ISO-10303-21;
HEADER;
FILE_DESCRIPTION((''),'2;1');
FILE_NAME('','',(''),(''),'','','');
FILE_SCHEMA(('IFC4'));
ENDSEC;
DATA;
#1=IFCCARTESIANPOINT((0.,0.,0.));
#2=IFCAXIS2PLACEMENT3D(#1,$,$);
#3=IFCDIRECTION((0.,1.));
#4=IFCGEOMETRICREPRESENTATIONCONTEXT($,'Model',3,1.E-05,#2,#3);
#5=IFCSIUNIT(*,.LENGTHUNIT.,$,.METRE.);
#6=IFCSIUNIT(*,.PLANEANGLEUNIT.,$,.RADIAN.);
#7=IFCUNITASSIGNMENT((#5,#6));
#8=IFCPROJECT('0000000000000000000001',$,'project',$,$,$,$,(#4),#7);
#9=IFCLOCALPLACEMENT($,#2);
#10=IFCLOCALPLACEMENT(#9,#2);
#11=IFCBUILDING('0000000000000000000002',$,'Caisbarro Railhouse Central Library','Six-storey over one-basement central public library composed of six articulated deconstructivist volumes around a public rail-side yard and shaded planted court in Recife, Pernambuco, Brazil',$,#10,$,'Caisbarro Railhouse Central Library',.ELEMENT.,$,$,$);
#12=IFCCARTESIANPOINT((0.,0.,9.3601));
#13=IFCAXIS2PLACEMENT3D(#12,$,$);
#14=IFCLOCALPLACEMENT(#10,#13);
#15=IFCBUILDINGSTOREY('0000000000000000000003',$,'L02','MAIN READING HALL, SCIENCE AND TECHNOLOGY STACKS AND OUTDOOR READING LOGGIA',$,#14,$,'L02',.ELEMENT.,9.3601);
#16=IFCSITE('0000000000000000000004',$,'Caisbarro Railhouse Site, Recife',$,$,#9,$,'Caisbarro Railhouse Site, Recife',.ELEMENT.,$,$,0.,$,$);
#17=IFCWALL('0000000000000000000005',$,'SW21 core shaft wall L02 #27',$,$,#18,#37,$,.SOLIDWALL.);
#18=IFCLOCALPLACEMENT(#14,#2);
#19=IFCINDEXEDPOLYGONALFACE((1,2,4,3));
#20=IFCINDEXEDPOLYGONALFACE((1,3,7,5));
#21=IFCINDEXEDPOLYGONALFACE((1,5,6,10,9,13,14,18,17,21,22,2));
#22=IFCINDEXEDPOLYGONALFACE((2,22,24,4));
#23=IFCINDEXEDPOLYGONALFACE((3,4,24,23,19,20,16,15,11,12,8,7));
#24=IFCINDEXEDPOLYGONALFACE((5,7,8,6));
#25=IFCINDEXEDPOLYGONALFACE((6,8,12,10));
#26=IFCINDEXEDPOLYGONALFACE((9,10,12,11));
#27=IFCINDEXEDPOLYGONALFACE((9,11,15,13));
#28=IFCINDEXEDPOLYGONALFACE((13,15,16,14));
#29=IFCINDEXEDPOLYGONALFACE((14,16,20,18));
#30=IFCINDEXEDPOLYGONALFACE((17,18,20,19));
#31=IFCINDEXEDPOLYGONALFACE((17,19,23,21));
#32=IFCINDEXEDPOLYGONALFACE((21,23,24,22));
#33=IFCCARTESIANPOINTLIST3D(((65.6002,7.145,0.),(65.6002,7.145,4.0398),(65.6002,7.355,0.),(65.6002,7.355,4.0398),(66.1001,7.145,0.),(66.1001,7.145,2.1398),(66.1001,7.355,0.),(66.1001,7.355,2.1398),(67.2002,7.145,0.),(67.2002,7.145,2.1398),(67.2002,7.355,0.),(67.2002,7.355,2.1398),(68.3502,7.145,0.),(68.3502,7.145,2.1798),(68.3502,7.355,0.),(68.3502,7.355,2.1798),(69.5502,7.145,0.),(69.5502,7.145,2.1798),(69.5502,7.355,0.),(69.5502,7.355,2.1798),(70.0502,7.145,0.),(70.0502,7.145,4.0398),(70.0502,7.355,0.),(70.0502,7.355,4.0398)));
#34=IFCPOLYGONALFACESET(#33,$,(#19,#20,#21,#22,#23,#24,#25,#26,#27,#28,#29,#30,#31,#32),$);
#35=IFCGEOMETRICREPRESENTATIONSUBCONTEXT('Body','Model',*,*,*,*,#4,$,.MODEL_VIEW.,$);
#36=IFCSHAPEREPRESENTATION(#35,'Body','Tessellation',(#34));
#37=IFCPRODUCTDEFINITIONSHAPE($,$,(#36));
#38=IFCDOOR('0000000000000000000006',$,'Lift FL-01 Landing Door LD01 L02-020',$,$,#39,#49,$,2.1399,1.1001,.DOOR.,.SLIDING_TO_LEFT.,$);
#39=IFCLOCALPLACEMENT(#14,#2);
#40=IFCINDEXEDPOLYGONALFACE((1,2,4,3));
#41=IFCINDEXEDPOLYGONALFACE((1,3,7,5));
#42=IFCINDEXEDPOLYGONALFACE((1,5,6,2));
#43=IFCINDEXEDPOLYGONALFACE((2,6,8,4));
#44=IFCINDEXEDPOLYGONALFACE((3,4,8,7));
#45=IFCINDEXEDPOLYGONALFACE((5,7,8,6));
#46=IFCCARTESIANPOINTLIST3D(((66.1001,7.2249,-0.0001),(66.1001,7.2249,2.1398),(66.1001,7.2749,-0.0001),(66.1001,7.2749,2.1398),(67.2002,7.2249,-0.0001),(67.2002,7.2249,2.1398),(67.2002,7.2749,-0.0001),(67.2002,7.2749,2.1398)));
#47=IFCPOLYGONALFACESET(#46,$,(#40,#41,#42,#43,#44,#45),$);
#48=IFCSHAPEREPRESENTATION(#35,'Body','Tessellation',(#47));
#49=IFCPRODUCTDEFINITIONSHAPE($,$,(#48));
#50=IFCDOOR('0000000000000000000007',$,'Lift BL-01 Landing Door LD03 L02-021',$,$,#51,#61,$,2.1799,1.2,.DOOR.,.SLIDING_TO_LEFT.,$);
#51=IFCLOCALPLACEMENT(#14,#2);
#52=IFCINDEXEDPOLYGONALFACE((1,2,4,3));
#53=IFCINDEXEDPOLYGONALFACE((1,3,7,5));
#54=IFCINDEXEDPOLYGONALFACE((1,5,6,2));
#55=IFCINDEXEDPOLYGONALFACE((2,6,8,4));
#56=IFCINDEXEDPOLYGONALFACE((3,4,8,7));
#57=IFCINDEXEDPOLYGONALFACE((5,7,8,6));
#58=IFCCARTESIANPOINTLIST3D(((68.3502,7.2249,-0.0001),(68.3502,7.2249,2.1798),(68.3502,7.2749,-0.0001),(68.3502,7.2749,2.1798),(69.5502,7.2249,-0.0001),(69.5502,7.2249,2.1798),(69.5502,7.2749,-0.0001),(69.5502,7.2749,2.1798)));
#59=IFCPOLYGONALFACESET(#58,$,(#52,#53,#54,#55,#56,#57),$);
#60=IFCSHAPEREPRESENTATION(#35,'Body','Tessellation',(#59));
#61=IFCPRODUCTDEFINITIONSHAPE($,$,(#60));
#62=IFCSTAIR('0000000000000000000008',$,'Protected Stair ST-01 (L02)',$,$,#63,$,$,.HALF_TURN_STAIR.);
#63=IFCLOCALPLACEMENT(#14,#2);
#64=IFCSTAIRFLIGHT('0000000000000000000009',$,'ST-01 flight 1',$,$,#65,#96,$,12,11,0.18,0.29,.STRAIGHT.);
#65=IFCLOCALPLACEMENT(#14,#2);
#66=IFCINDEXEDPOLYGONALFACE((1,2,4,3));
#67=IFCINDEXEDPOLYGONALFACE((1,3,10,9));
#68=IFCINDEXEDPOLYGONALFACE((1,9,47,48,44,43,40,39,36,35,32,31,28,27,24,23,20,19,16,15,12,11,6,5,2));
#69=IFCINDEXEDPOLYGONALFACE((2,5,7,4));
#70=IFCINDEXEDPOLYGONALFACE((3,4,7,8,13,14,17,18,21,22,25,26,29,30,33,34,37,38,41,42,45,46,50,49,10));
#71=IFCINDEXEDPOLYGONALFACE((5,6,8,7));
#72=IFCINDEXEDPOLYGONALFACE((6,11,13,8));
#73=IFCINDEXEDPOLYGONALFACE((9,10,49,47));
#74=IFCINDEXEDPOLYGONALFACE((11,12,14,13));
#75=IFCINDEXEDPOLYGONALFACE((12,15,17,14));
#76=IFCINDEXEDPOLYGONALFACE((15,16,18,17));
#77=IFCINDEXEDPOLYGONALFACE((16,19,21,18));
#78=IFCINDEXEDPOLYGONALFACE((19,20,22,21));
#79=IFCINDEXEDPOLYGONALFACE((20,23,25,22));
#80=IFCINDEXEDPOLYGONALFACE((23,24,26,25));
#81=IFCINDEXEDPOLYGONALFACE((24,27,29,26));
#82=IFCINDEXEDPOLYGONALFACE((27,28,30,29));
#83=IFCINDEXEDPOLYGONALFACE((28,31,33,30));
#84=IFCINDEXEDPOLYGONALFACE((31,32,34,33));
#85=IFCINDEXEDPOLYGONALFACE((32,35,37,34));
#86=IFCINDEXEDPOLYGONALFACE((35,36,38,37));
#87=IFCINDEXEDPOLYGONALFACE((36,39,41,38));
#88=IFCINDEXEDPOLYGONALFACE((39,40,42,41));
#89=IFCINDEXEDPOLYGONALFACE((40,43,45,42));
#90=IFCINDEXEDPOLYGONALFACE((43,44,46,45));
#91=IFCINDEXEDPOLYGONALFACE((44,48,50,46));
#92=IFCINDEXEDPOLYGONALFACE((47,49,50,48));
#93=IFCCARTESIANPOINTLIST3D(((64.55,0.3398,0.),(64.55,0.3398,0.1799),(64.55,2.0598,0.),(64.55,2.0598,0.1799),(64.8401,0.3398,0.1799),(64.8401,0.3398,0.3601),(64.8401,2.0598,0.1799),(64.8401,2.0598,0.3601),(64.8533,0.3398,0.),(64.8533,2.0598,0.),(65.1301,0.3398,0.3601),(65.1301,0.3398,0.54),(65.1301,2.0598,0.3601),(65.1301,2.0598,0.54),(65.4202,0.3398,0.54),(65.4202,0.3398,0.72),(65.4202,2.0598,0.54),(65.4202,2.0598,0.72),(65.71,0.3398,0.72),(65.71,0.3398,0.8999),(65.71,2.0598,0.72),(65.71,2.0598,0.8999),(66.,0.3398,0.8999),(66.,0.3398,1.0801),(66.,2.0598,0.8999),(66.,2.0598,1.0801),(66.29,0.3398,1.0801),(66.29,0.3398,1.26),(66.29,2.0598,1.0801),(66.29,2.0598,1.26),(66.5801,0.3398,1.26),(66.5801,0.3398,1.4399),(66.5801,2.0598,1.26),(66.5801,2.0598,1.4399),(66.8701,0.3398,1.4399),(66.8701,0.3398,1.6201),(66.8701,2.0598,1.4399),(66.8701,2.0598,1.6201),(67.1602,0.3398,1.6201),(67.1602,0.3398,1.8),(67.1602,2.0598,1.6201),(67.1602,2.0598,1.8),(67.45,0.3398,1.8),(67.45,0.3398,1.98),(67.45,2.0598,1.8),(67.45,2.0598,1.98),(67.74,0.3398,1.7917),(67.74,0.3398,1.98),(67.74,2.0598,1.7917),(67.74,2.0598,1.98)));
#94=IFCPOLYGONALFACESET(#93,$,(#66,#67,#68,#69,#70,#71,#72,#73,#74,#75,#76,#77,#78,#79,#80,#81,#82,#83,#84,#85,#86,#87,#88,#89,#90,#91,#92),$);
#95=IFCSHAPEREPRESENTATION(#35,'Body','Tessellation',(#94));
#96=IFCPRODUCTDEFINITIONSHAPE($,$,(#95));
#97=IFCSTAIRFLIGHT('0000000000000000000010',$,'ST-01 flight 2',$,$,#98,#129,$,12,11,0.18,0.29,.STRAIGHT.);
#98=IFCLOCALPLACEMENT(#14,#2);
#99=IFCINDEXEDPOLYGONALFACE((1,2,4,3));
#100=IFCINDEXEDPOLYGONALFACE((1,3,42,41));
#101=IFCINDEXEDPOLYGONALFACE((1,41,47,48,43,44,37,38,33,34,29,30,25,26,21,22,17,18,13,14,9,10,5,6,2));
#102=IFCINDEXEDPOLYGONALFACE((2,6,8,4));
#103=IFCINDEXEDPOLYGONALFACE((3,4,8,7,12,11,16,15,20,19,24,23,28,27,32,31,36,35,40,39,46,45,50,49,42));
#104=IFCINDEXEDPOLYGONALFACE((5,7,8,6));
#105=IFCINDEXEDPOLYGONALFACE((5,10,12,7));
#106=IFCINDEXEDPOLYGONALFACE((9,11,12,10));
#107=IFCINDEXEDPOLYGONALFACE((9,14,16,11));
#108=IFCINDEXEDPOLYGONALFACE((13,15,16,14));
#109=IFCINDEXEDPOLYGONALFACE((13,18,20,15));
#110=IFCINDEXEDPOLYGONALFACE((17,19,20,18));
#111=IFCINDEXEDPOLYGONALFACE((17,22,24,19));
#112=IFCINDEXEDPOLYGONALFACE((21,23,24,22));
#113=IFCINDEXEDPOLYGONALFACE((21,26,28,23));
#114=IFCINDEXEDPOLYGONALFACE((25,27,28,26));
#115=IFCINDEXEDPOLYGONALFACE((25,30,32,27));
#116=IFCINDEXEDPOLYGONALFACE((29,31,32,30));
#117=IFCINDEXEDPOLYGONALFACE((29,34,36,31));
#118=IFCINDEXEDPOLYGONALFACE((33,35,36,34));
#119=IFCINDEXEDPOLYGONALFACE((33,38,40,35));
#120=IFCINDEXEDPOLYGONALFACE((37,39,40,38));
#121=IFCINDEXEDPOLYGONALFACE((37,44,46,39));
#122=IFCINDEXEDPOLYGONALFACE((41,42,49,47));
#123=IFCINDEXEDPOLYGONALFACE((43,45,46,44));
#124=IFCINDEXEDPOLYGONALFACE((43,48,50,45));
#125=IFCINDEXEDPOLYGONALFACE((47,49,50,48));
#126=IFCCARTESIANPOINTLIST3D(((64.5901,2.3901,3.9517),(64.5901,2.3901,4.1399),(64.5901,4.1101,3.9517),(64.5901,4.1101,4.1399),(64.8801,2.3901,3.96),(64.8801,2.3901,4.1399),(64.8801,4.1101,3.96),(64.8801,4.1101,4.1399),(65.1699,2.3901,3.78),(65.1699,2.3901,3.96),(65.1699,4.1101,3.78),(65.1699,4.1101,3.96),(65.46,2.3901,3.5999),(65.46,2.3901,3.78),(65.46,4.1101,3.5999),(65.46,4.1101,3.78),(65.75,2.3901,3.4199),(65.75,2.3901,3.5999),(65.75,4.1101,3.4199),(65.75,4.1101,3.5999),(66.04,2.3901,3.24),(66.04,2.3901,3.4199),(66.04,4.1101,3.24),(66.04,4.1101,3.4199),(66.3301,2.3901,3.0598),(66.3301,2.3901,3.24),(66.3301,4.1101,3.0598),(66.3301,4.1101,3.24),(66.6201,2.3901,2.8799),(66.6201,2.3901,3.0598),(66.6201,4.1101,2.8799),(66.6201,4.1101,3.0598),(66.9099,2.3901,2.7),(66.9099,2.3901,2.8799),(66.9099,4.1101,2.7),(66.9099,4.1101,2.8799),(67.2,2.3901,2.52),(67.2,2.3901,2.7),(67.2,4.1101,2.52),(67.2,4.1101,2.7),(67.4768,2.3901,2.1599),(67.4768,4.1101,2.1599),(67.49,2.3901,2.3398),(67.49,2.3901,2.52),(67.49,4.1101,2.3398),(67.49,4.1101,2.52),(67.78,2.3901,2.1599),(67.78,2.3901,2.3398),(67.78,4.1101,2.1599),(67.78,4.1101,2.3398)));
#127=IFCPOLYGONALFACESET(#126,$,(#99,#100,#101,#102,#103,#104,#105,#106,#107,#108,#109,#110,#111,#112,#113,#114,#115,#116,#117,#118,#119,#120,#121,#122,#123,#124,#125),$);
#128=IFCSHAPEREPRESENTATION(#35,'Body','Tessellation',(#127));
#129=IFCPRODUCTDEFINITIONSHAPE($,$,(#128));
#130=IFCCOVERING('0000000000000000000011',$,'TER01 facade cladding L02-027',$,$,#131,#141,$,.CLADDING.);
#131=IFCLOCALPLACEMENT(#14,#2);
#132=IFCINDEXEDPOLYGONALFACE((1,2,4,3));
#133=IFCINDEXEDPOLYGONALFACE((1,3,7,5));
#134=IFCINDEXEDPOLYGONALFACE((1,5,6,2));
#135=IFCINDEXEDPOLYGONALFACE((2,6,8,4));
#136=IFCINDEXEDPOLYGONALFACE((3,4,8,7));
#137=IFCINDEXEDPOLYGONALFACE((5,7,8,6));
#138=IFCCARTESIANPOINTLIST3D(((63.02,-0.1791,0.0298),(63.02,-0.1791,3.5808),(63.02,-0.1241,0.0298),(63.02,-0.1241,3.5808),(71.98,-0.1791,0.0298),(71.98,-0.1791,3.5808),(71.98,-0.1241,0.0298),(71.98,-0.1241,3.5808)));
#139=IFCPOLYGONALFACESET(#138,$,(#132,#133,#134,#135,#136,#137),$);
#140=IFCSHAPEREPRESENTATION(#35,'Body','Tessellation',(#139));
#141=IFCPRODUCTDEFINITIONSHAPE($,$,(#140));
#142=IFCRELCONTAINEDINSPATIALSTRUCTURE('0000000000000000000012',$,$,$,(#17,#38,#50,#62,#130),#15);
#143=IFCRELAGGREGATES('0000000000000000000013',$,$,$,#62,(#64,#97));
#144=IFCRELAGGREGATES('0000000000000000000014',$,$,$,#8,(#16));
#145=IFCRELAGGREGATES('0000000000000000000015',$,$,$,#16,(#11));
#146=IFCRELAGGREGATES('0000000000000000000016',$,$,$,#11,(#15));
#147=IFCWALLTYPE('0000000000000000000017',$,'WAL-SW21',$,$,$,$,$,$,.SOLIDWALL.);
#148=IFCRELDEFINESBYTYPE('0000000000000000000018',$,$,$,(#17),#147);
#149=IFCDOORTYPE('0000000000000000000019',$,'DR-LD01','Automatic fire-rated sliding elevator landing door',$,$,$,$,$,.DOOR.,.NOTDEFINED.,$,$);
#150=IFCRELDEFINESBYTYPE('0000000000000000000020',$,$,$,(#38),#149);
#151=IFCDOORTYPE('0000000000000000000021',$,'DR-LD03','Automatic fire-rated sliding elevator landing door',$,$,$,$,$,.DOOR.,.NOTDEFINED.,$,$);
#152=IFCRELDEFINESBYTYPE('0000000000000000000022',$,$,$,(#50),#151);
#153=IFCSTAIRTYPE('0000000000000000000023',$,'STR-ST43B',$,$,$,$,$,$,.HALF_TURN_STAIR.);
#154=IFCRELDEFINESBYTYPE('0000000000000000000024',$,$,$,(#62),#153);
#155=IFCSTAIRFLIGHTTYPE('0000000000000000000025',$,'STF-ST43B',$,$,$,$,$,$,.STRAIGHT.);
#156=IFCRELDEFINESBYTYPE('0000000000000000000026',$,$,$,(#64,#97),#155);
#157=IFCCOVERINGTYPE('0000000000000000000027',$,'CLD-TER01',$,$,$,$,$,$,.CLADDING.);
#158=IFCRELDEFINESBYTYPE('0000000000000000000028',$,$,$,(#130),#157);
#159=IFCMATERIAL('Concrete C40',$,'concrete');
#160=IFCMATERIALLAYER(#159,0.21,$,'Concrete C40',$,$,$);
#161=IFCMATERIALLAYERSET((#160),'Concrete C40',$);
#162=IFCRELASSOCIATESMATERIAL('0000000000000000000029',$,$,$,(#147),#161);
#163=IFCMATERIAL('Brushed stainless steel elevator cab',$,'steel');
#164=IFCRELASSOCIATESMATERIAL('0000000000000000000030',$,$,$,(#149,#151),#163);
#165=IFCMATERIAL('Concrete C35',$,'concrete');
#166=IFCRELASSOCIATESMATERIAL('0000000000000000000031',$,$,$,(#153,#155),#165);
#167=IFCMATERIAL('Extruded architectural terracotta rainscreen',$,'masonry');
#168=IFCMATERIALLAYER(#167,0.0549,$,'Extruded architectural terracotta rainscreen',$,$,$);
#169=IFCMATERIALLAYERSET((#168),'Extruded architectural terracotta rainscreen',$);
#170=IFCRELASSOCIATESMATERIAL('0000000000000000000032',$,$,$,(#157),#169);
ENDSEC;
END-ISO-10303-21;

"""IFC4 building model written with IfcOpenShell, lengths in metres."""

from ifc_helpers import new_model, si_unit, direction, frame, frame_2d, origin, origin_2d, place, context, subcontext, project, spatial, polyline, rectangle, outline, extrude, material, layer, layer_set, type_object, element, fill, aggregate, save


model = new_model("IFC4")

# Units and contexts
model_context = context("Model", 3, precision=1e-05, world=origin(), true_north=direction((0.0, 1.0)))
body_context = subcontext(model_context, "Body", "Model", "MODEL_VIEW")
ifc_project = project(units=[si_unit("LENGTHUNIT", "METRE"), si_unit("PLANEANGLEUNIT", "RADIAN")], contexts=[model_context])

# Site, building, storey
site_placement = place(None, origin())
site = spatial("IfcSite", under=ifc_project, at=site_placement, Name="Caisbarro Railhouse Site, Recife", LongName="Caisbarro Railhouse Site, Recife", CompositionType="ELEMENT", RefElevation=0.0)
building_placement = place(site_placement, origin())
building = spatial("IfcBuilding", under=site, at=building_placement, Name="Caisbarro Railhouse Central Library", Description="Six-storey over one-basement central public library composed of six articulated deconstructivist volumes around a public rail-side yard and shaded planted court in Recife, Pernambuco, Brazil", LongName="Caisbarro Railhouse Central Library", CompositionType="ELEMENT")
storey_placement = place(building_placement, frame((0.0, 0.0, 9.3601)))
storey = spatial("IfcBuildingStorey", under=building, at=storey_placement, Name="L02", Description="MAIN READING HALL, SCIENCE AND TECHNOLOGY STACKS AND OUTDOOR READING LOGGIA", LongName="L02", CompositionType="ELEMENT", Elevation=9.3601)

# Shared definitions
ifc_material_1 = material(Name="Concrete C40", Category="concrete")

# Shared definitions
ifc_layer_1 = layer(ifc_material_1, 0.21, Name="Concrete C40")
ifc_layer_set_1 = layer_set([ifc_layer_1], Name="Concrete C40")
wall_type_1 = type_object("IfcWallType", Name="WAL-SW21", PredefinedType="SOLIDWALL", material=ifc_layer_set_1)

# Wall, openings, doors
wall_1_placement = place(storey_placement, frame((65.6001, 7.25, 0.0), z_axis=(0.0, 0.0, 1.0), x_axis=(1.0, 0.0, 0.0)))
wall_1 = element("IfcWall", 1, at=wall_1_placement, inside=storey, type_object=wall_type_1, Name="SW21 core shaft wall L02 #27", PredefinedType="SOLIDWALL", context=body_context, shape_type="SweptSolid", body=[
    extrude(rectangle(XDim=4.45, YDim=0.21, at=frame_2d((2.2251, 0.0))), origin(), (0.0, 0.0, 1.0), 4.0398),
])
opening_1_placement = place(wall_1_placement, frame((0.5, 0.0, 0.0)))
opening_1 = element("IfcOpeningElement", 2, at=opening_1_placement, cuts=wall_1, PredefinedType="OPENING", context=body_context, shape_type="SweptSolid", body=[
    extrude(rectangle(XDim=1.1001, YDim=2.1399, at=frame_2d((0.55, 1.0698))), frame((0.0, 0.115, 0.0), z_axis=(0.0, -1.0, 0.0), x_axis=(1.0, 0.0, 0.0)), (0.0, 0.0, 1.0), 0.23),
])
opening_2_placement = place(wall_1_placement, frame((2.75, 0.0, 0.0)))
opening_2 = element("IfcOpeningElement", 3, at=opening_2_placement, cuts=wall_1, PredefinedType="OPENING", context=body_context, shape_type="SweptSolid", body=[
    extrude(rectangle(XDim=1.2, YDim=2.1799, at=frame_2d((0.6001, 1.0898))), frame((0.0, 0.115, 0.0), z_axis=(0.0, -1.0, 0.0), x_axis=(1.0, 0.0, 0.0)), (0.0, 0.0, 1.0), 0.23),
])
ifc_material_2 = material(Name="Brushed stainless steel elevator cab", Category="steel")
door_type_1 = type_object("IfcDoorType", Name="DR-LD01", Description="Automatic fire-rated sliding elevator landing door", OperationType="NOTDEFINED", PredefinedType="DOOR", material=ifc_material_2)
door_1_placement = place(opening_1_placement, origin())
door_1 = element("IfcDoor", 4, at=door_1_placement, inside=storey, type_object=door_type_1, Name="Lift FL-01 Landing Door LD01 L02-020", OperationType="SLIDING_TO_LEFT", OverallHeight=2.1399, OverallWidth=1.1001, PredefinedType="DOOR", context=body_context, shape_type="SweptSolid", body=[
    extrude(rectangle(XDim=1.1001, YDim=2.1399, at=frame_2d((0.55, 1.0698))), frame((0.0, 0.0249, 0.0), z_axis=(0.0, -1.0, 0.0), x_axis=(1.0, 0.0, 0.0)), (0.0, 0.0, 1.0), 0.05),
])
fill(opening_1, door_1)
door_type_2 = type_object("IfcDoorType", Name="DR-LD03", Description="Automatic fire-rated sliding elevator landing door", OperationType="NOTDEFINED", PredefinedType="DOOR", material=ifc_material_2)
door_2_placement = place(opening_2_placement, origin())
door_2 = element("IfcDoor", 5, at=door_2_placement, inside=storey, type_object=door_type_2, Name="Lift BL-01 Landing Door LD03 L02-021", OperationType="SLIDING_TO_LEFT", OverallHeight=2.1799, OverallWidth=1.2, PredefinedType="DOOR", context=body_context, shape_type="SweptSolid", body=[
    extrude(rectangle(XDim=1.2, YDim=2.1799, at=frame_2d((0.6001, 1.0898))), frame((0.0, 0.0249, 0.0), z_axis=(0.0, -1.0, 0.0), x_axis=(1.0, 0.0, 0.0)), (0.0, 0.0, 1.0), 0.05),
])
fill(opening_2, door_2)

# Stair, stair flights
ifc_material_3 = material(Name="Concrete C35", Category="concrete")
stair_type = type_object("IfcStairType", Name="STR-ST43B", PredefinedType="HALF_TURN_STAIR", material=ifc_material_3)
stair_placement = place(storey_placement, origin())
stair = element("IfcStair", 6, at=stair_placement, inside=storey, type_object=stair_type, Name="Protected Stair ST-01 (L02)", PredefinedType="HALF_TURN_STAIR")
stair_flight_type = type_object("IfcStairFlightType", Name="STF-ST43B", PredefinedType="STRAIGHT", material=ifc_material_3)
stair_flight_1_placement = place(storey_placement, frame((64.55, 1.2, 0.0), z_axis=(0.0, 0.0, 1.0), x_axis=(1.0, 0.0, 0.0)))
stair_flight_1 = element("IfcStairFlight", 7, at=stair_flight_1_placement, type_object=stair_flight_type, Name="ST-01 flight 1", NumberOfRisers=12, NumberOfTreads=11, PredefinedType="STRAIGHT", RiserHeight=0.18, TreadLength=0.29, context=body_context, shape_type="SweptSolid", body=[
    extrude(outline(polyline([(0.0, 0.0), (0.0, 0.1799), (0.29, 0.1799), (0.29, 0.3601), (0.5801, 0.3601), (0.5801, 0.54), (0.8701, 0.54), (0.8701, 0.72), (1.1599, 0.72), (1.1599, 0.8999), (1.45, 0.8999), (1.45, 1.0801), (1.74, 1.0801), (1.74, 1.26), (2.03, 1.26), (2.03, 1.4399), (2.3201, 1.4399), (2.3201, 1.6201), (2.6101, 1.6201), (2.6101, 1.8), (2.8999, 1.8), (2.8999, 1.98), (3.1899, 1.98), (3.1899, 2.1599), (3.1899, 1.7917), (0.3032, 0.0), (0.0, 0.0)])), frame((0.0, 0.8599, 0.0), z_axis=(0.0, -1.0, 0.0), x_axis=(1.0, 0.0, 0.0)), (0.0, 0.0, 1.0), 1.72),
])
stair_flight_2_placement = place(storey_placement, frame((67.78, 3.25, 2.1599), z_axis=(0.0, 0.0, 1.0), x_axis=(-1.0, 0.0, 0.0)))
stair_flight_2 = element("IfcStairFlight", 8, at=stair_flight_2_placement, type_object=stair_flight_type, Name="ST-01 flight 2", NumberOfRisers=12, NumberOfTreads=11, PredefinedType="STRAIGHT", RiserHeight=0.18, TreadLength=0.29, context=body_context, shape_type="SweptSolid", body=[
    extrude(outline(polyline([(0.0, 0.0), (0.0, 0.1799), (0.29, 0.1799), (0.29, 0.3601), (0.5801, 0.3601), (0.5801, 0.54), (0.8701, 0.54), (0.8701, 0.72), (1.1599, 0.72), (1.1599, 0.8999), (1.45, 0.8999), (1.45, 1.0801), (1.74, 1.0801), (1.74, 1.26), (2.03, 1.26), (2.03, 1.4399), (2.3201, 1.4399), (2.3201, 1.6201), (2.6101, 1.6201), (2.6101, 1.8), (2.8999, 1.8), (2.8999, 1.98), (3.1899, 1.98), (3.1899, 2.1599), (3.1899, 1.7917), (0.3032, 0.0), (0.0, 0.0)])), frame((0.0, 0.8599, 0.0), z_axis=(0.0, -1.0, 0.0), x_axis=(1.0, 0.0, 0.0)), (0.0, 0.0, 1.0), 1.72),
])
aggregate(stair, [stair_flight_1, stair_flight_2])

# Covering
ifc_material_4 = material(Name="Extruded architectural terracotta rainscreen", Category="masonry")
ifc_layer_2 = layer(ifc_material_4, 0.0549, Name="Extruded architectural terracotta rainscreen")
ifc_layer_set_2 = layer_set([ifc_layer_2], Name="Extruded architectural terracotta rainscreen")
covering_type = type_object("IfcCoveringType", Name="CLD-TER01", PredefinedType="CLADDING", material=ifc_layer_set_2)
covering_placement = place(storey_placement, frame((67.5, -0.1516, 0.0298), z_axis=(0.0, 0.0, 1.0), x_axis=(1.0, 0.0, 0.0)))
element("IfcCovering", 9, at=covering_placement, inside=storey, type_object=covering_type, Name="TER01 facade cladding L02-027", PredefinedType="CLADDING", context=body_context, shape_type="SweptSolid", body=[
    extrude(rectangle(XDim=8.96, YDim=0.0549, at=origin_2d()), origin(), (0.0, 0.0, 1.0), 3.551),
])

save(model, "model.ifc")
